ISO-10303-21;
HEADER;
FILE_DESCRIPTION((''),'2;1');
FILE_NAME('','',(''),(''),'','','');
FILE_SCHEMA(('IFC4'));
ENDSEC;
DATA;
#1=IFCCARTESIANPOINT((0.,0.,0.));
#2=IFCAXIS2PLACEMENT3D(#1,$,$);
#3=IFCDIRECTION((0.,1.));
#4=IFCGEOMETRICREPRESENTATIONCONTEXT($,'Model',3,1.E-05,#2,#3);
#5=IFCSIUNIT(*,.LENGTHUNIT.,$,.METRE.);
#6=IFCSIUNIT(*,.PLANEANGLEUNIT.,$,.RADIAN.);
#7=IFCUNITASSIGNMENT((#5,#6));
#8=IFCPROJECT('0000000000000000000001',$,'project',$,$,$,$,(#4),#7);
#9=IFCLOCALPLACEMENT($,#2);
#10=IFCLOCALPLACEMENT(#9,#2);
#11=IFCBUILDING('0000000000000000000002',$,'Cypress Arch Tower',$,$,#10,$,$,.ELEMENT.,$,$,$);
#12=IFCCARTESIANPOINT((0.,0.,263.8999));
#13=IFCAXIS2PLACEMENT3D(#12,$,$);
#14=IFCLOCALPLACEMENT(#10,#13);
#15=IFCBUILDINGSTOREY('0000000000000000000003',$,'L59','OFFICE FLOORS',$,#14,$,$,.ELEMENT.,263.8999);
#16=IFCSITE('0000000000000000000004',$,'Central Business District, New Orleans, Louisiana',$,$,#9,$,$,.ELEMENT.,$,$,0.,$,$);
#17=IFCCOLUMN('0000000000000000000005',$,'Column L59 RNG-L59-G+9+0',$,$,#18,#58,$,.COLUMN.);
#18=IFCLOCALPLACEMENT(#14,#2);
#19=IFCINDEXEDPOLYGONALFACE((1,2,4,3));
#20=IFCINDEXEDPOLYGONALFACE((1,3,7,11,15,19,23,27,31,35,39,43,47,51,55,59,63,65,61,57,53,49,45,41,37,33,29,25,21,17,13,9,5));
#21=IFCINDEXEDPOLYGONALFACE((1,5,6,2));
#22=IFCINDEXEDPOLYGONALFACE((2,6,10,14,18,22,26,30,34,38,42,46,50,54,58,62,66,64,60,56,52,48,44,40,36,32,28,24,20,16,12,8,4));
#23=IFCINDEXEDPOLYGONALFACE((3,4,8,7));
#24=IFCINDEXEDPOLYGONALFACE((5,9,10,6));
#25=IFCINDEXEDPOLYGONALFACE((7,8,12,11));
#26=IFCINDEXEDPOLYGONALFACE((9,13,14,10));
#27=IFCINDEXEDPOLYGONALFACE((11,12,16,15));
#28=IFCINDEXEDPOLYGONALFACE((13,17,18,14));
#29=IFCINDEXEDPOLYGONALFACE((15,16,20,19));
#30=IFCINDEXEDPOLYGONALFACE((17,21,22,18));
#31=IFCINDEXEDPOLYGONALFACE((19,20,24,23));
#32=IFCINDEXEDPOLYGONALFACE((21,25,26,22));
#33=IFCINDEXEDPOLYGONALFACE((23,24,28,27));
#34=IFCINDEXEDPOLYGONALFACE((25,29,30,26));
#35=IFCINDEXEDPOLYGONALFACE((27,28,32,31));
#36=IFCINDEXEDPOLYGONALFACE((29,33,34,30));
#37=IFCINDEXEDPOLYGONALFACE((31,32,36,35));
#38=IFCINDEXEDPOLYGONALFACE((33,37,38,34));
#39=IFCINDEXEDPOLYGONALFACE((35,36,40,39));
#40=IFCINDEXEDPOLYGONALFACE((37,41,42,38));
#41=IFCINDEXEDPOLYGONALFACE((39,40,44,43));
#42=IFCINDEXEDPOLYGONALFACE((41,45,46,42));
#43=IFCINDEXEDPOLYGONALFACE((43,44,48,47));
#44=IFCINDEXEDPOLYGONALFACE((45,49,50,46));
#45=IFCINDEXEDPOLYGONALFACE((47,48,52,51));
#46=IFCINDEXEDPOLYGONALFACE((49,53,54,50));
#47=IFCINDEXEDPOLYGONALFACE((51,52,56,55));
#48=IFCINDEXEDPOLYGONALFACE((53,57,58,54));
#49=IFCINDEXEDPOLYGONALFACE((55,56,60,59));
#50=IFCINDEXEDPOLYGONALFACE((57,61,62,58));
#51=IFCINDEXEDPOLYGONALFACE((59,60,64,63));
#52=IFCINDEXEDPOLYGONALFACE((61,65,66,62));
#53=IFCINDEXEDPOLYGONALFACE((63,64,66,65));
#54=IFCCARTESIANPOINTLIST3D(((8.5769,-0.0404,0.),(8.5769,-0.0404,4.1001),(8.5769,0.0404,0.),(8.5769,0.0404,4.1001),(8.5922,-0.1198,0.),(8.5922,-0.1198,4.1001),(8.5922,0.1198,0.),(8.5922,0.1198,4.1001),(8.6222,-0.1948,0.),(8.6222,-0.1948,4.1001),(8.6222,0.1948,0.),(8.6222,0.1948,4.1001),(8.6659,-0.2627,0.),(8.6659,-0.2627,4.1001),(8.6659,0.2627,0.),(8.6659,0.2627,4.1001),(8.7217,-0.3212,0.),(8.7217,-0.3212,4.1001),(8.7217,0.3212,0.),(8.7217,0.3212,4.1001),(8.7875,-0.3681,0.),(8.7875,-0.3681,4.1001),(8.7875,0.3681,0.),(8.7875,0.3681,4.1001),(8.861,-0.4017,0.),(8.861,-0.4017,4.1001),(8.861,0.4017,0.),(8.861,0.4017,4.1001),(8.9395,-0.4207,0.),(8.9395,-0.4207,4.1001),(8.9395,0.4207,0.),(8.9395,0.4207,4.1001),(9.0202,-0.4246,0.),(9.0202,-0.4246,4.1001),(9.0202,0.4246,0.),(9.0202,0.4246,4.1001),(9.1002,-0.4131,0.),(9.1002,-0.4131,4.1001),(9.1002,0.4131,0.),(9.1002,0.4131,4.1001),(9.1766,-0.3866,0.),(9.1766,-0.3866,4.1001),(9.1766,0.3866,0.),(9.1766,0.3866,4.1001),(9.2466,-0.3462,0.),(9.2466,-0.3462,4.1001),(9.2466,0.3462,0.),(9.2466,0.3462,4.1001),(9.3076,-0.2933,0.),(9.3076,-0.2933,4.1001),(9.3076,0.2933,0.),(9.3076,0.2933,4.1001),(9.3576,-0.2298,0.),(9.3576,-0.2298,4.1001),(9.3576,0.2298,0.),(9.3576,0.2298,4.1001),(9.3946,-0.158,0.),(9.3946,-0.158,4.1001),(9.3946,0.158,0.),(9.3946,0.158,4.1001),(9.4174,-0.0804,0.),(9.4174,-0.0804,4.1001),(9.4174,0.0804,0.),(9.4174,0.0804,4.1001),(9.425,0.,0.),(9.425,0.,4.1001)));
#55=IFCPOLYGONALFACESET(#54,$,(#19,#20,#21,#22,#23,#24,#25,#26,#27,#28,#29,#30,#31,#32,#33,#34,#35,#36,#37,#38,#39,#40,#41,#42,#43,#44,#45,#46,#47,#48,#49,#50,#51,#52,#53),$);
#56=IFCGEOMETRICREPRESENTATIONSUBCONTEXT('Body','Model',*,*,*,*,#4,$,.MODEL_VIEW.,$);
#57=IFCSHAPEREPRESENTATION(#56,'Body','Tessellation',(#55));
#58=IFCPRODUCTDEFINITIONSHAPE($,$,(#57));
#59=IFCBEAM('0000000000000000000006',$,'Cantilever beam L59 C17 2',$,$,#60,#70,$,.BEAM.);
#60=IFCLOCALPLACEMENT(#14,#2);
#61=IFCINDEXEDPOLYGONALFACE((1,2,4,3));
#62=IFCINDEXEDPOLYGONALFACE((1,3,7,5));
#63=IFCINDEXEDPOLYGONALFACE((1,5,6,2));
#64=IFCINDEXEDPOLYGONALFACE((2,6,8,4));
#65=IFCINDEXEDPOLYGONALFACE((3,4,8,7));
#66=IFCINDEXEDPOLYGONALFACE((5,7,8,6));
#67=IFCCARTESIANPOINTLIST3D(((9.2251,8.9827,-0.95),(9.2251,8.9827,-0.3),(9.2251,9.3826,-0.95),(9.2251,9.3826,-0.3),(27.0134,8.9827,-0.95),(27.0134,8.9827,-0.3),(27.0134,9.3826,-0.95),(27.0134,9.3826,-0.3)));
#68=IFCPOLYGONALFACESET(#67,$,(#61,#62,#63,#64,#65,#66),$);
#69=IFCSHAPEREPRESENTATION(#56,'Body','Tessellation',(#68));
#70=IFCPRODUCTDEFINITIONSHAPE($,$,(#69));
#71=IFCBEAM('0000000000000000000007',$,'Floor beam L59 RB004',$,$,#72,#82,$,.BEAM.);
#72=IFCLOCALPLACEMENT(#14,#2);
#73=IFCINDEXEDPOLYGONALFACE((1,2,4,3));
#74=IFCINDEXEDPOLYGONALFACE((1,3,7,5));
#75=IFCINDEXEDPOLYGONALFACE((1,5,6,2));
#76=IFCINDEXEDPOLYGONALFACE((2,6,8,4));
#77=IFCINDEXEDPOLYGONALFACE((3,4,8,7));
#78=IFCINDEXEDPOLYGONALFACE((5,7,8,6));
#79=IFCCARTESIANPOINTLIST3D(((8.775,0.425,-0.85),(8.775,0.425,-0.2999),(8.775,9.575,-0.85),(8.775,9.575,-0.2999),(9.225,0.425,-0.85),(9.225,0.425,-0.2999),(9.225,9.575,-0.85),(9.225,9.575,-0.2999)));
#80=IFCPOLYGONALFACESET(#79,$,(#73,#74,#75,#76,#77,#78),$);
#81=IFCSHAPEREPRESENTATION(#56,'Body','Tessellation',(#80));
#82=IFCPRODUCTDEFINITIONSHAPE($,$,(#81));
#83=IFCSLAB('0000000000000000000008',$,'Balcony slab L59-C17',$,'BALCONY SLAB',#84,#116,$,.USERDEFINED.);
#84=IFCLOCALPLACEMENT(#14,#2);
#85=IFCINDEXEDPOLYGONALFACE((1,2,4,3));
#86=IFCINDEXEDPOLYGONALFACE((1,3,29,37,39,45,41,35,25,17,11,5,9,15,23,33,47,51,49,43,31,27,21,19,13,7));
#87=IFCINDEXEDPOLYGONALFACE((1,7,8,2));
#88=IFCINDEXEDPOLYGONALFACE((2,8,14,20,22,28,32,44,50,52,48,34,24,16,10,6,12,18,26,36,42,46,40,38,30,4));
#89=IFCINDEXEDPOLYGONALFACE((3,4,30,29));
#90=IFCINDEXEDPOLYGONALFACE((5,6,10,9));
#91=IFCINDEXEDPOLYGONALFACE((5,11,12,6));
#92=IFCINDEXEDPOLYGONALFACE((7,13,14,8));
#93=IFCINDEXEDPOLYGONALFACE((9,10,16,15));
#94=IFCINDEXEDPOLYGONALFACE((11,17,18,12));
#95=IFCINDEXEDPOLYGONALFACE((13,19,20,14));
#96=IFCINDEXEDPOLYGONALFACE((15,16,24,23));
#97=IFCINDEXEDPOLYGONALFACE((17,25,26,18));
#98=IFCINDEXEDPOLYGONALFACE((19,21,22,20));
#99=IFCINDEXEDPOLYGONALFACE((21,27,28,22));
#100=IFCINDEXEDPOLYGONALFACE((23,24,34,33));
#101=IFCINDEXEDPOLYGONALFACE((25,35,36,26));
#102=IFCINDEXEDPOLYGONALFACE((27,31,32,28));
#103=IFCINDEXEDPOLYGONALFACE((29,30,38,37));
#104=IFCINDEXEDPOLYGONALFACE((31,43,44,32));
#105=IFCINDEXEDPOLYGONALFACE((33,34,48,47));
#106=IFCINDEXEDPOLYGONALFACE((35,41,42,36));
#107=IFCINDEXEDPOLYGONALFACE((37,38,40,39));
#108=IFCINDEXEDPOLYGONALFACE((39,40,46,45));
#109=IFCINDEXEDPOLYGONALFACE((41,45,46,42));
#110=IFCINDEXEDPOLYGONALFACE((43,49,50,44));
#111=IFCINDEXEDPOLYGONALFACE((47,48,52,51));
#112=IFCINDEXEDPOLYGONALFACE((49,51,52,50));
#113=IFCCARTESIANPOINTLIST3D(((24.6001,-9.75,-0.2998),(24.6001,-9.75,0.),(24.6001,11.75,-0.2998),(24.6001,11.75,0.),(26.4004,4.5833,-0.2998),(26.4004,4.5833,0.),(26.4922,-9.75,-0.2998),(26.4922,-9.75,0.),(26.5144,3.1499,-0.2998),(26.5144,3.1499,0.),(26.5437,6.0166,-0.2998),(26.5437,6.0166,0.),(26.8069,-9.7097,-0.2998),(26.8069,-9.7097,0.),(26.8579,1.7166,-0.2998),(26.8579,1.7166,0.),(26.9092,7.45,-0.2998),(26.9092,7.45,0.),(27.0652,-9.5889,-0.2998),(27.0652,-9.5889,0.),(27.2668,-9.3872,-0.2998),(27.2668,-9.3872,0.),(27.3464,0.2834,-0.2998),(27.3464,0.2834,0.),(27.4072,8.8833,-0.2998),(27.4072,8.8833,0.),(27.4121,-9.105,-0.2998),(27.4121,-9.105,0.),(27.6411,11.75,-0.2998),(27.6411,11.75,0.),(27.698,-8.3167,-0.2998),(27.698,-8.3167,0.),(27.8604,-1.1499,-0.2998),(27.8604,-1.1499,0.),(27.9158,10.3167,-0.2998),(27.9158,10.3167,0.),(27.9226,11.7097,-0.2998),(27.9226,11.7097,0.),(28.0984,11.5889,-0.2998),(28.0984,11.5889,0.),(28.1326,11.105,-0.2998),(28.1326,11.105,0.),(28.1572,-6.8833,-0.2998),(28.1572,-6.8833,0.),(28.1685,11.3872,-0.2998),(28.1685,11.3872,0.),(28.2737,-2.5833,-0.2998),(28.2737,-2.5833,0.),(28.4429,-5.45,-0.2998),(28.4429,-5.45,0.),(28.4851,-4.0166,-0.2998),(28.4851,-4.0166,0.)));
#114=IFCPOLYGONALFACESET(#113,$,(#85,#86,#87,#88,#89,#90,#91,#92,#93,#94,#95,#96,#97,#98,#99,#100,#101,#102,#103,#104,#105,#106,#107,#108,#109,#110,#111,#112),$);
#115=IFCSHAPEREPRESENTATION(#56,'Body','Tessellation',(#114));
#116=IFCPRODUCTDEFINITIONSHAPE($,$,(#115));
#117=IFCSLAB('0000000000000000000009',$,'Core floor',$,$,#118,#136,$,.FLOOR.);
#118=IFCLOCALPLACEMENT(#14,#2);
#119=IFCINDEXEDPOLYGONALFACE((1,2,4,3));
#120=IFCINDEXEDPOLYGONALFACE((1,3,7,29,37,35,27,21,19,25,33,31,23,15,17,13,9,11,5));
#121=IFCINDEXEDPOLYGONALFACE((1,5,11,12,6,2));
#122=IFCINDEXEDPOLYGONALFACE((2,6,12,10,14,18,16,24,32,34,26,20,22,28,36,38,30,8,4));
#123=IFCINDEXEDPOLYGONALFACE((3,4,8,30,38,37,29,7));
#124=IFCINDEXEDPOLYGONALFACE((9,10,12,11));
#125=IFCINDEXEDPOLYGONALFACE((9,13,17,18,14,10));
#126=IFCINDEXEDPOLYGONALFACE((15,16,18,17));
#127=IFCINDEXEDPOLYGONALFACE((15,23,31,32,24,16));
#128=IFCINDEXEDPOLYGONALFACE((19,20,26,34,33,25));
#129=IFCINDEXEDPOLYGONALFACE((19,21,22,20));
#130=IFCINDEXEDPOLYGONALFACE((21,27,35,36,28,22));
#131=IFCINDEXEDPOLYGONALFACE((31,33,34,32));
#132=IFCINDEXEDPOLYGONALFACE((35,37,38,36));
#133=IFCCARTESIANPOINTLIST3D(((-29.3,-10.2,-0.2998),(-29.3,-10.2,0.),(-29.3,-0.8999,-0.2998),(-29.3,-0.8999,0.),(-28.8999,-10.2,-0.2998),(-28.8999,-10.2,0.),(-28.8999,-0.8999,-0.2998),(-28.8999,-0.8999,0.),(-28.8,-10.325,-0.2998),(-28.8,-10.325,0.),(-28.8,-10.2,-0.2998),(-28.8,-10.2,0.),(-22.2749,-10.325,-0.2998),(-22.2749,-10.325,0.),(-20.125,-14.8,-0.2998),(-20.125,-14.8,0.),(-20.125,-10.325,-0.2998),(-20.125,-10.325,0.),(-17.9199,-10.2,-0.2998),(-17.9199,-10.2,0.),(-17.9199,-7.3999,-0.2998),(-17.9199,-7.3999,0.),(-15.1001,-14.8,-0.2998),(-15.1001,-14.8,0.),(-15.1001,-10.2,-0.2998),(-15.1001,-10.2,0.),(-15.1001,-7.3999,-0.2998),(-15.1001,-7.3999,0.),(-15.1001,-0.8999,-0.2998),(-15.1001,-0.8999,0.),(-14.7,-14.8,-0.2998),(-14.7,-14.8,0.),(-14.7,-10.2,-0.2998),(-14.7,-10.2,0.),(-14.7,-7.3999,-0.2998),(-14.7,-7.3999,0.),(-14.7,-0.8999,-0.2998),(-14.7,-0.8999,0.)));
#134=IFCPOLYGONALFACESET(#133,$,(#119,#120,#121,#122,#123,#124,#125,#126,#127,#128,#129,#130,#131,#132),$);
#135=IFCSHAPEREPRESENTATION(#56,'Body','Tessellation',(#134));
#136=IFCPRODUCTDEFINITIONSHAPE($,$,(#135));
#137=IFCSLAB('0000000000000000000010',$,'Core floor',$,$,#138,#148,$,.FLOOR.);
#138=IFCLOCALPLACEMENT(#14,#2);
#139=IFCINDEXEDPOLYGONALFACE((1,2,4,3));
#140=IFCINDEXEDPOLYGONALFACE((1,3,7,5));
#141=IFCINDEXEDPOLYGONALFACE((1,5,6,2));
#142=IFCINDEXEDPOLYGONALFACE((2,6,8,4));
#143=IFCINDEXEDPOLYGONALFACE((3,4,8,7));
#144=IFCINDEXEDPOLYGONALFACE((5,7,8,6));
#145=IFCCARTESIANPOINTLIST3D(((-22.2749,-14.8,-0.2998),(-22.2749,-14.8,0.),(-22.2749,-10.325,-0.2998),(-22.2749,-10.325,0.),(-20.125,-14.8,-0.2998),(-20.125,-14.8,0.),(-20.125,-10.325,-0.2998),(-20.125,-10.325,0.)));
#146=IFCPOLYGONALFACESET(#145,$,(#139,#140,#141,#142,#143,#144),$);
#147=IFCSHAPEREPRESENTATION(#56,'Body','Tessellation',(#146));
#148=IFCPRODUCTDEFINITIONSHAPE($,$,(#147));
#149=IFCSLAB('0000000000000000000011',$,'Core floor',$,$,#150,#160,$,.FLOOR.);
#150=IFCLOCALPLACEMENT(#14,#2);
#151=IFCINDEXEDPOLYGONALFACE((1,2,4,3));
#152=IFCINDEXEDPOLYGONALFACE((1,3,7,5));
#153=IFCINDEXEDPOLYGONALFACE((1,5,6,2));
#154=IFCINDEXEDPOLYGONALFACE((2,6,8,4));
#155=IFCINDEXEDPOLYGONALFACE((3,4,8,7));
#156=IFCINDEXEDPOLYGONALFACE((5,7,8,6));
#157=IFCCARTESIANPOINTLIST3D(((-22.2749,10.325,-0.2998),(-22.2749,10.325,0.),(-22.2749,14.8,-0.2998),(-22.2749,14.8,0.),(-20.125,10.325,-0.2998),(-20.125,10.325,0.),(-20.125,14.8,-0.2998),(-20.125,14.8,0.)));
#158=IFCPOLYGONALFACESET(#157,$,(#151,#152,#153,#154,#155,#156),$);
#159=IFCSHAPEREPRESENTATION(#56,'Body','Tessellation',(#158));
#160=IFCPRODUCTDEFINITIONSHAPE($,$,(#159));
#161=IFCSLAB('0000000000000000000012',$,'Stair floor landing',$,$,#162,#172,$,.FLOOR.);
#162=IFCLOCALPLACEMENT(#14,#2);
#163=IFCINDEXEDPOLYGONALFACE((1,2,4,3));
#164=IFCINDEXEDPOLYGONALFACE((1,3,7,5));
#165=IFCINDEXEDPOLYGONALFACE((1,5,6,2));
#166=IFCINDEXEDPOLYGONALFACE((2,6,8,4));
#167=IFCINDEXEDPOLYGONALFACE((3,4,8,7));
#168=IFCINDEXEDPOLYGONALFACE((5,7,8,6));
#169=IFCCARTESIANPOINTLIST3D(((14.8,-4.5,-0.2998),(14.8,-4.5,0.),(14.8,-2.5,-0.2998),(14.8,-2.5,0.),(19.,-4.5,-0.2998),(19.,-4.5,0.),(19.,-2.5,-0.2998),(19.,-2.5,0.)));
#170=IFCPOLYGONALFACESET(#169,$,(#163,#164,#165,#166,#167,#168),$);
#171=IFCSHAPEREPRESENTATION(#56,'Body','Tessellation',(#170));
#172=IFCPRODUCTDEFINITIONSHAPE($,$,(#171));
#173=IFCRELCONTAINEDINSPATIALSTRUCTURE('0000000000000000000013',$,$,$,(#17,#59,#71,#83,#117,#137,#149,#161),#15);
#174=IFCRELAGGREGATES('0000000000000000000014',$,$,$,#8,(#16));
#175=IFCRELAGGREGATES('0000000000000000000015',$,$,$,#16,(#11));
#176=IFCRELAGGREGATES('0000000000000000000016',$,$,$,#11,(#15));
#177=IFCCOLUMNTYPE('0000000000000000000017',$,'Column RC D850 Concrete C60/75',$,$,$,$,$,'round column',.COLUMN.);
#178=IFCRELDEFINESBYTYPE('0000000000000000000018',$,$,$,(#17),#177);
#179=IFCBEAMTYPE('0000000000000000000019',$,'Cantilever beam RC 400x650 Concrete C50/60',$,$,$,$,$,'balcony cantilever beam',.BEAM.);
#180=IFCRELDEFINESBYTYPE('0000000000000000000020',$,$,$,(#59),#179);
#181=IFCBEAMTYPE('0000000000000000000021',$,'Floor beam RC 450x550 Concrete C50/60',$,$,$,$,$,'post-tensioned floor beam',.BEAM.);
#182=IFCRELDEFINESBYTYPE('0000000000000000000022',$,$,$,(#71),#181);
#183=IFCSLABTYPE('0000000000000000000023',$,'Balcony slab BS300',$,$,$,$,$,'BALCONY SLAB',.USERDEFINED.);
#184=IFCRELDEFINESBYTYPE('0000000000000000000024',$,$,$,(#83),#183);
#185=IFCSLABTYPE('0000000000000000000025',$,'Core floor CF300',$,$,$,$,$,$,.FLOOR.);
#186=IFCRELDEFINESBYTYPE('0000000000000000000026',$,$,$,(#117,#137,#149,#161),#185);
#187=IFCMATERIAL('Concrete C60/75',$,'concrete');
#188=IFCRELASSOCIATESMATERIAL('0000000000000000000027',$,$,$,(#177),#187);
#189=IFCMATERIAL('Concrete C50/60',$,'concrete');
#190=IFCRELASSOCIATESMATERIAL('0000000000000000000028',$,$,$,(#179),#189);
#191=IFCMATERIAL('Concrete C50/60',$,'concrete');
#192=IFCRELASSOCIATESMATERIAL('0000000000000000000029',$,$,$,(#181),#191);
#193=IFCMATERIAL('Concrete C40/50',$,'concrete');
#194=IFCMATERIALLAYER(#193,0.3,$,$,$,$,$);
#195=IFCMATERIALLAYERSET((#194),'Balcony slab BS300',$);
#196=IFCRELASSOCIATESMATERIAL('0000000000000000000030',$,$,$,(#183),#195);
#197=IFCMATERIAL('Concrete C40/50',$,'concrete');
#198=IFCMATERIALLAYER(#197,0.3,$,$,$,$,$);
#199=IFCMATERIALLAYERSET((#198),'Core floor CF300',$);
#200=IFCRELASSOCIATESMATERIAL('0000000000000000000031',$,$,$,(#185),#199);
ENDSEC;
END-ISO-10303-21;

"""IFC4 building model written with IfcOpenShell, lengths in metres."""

from ifc_helpers import new_model, si_unit, direction, frame, origin, origin_2d, place, context, subcontext, project, spatial, polyline, rectangle, circle, outline, extrude, material, layer, layer_set, material_profile, profile_set, type_object, element, save


model = new_model("IFC4")

# Units and contexts
model_context = context("Model", 3, precision=1e-05, world=origin(), true_north=direction((0.0, 1.0)))
body_context = subcontext(model_context, "Body", "Model", "MODEL_VIEW")
ifc_project = project(units=[si_unit("LENGTHUNIT", "METRE"), si_unit("PLANEANGLEUNIT", "RADIAN")], contexts=[model_context])

# Site, building, storey
site_placement = place(None, origin())
site = spatial("IfcSite", under=ifc_project, at=site_placement, Name="Central Business District, New Orleans, Louisiana", CompositionType="ELEMENT", RefElevation=0.0)
building_placement = place(site_placement, origin())
building = spatial("IfcBuilding", under=site, at=building_placement, Name="Cypress Arch Tower", CompositionType="ELEMENT")
storey_placement = place(building_placement, frame((0.0, 0.0, 263.8999)))
storey = spatial("IfcBuildingStorey", under=building, at=storey_placement, Name="L59", Description="OFFICE FLOORS", CompositionType="ELEMENT", Elevation=263.8999)

# Column
ifc_material_1 = material(Name="Concrete C60/75", Category="concrete")
ifc_material_profile_1 = material_profile(ifc_material_1, circle(Radius=0.425, at=origin_2d()), Name="RC D850")
ifc_profile_set_1 = profile_set([ifc_material_profile_1], Name="Concrete C60/75")
column_type = type_object("IfcColumnType", Name="Column RC D850 Concrete C60/75", ElementType="round column", PredefinedType="COLUMN", material=ifc_profile_set_1)
column_placement = place(storey_placement, frame((9.0, 0.0, 0.0), z_axis=(0.0, 0.0, 1.0), x_axis=(1.0, 0.0, 0.0)))
element("IfcColumn", 1, at=column_placement, inside=storey, type_object=column_type, Name="Column L59 RNG-L59-G+9+0", PredefinedType="COLUMN", context=body_context, shape_type="SweptSolid", body=[
    extrude(circle(Radius=0.425, at=origin_2d()), origin(), (0.0, 0.0, 1.0), 4.1001),
])

# Beams
ifc_material_2 = material(Name="Concrete C50/60", Category="concrete")
ifc_material_profile_2 = material_profile(ifc_material_2, rectangle(XDim=0.3999, YDim=0.6499, at=origin_2d()), Name="RC 400x650")
ifc_profile_set_2 = profile_set([ifc_material_profile_2], Name="Concrete C50/60")
beam_type_1 = type_object("IfcBeamType", Name="Cantilever beam RC 400x650 Concrete C50/60", ElementType="balcony cantilever beam", PredefinedType="BEAM", material=ifc_profile_set_2)
beam_1_placement = place(storey_placement, frame((9.2251, 9.1826, -0.625), z_axis=(1.0, 0.0, 0.0), x_axis=(0.0, 1.0, 0.0)))
element("IfcBeam", 2, at=beam_1_placement, inside=storey, type_object=beam_type_1, Name="Cantilever beam L59 C17 2", PredefinedType="BEAM", context=body_context, shape_type="SweptSolid", body=[
    extrude(rectangle(XDim=0.3999, YDim=0.6499, at=origin_2d()), origin(), (0.0, 0.0, 1.0), 17.7883),
])
ifc_material_3 = material(Name="Concrete C50/60", Category="concrete")
ifc_material_profile_3 = material_profile(ifc_material_3, rectangle(XDim=0.45, YDim=0.55, at=origin_2d()), Name="RC 450x550")
ifc_profile_set_3 = profile_set([ifc_material_profile_3], Name="Concrete C50/60")
beam_type_2 = type_object("IfcBeamType", Name="Floor beam RC 450x550 Concrete C50/60", ElementType="post-tensioned floor beam", PredefinedType="BEAM", material=ifc_profile_set_3)
beam_2_placement = place(storey_placement, frame((9.0, 0.425, -0.575), z_axis=(0.0, 1.0, 0.0), x_axis=(-1.0, 0.0, 0.0)))
element("IfcBeam", 3, at=beam_2_placement, inside=storey, type_object=beam_type_2, Name="Floor beam L59 RB004", PredefinedType="BEAM", context=body_context, shape_type="SweptSolid", body=[
    extrude(rectangle(XDim=0.45, YDim=0.55, at=origin_2d()), origin(), (0.0, 0.0, 1.0), 9.1499),
])

# Slabs
ifc_material_4 = material(Name="Concrete C40/50", Category="concrete")
ifc_layer_1 = layer(ifc_material_4, 0.3)
ifc_layer_set_1 = layer_set([ifc_layer_1], Name="Balcony slab BS300")
slab_type_1 = type_object("IfcSlabType", Name="Balcony slab BS300", ElementType="BALCONY SLAB", PredefinedType="USERDEFINED", material=ifc_layer_set_1)
slab_1_placement = place(storey_placement, frame((0.0, 0.0, -0.2998)))
element("IfcSlab", 4, at=slab_1_placement, inside=storey, type_object=slab_type_1, Name="Balcony slab L59-C17", ObjectType="BALCONY SLAB", PredefinedType="USERDEFINED", context=body_context, shape_type="SweptSolid", body=[
    extrude(outline(polyline([(24.6001, -9.75), (26.4922, -9.75), (26.8069, -9.7097), (27.0652, -9.5889), (27.2668, -9.3872), (27.4121, -9.105), (27.698, -8.3167), (28.1572, -6.8833), (28.4429, -5.45), (28.4851, -4.0166), (28.2737, -2.5833), (27.8604, -1.1499), (27.3464, 0.2834), (26.8579, 1.7166), (26.5144, 3.1499), (26.4004, 4.5833), (26.5437, 6.0166), (26.9092, 7.45), (27.4072, 8.8833), (27.9158, 10.3167), (28.1326, 11.105), (28.1685, 11.3872), (28.0984, 11.5889), (27.9226, 11.7097), (27.6411, 11.75), (24.6001, 11.75), (24.6001, -9.75)])), origin(), (0.0, 0.0, 1.0), 0.2998),
])
ifc_material_5 = material(Name="Concrete C40/50", Category="concrete")
ifc_layer_2 = layer(ifc_material_5, 0.3)
ifc_layer_set_2 = layer_set([ifc_layer_2], Name="Core floor CF300")
slab_type_2 = type_object("IfcSlabType", Name="Core floor CF300", PredefinedType="FLOOR", material=ifc_layer_set_2)
slab_2_placement = place(storey_placement, frame((0.0, 0.0, -0.2998)))
element("IfcSlab", 5, at=slab_2_placement, inside=storey, type_object=slab_type_2, Name="Core floor", PredefinedType="FLOOR", context=body_context, shape_type="SweptSolid", body=[
    extrude(outline(polyline([(-28.8999, -10.2), (-29.3, -10.2), (-29.3, -0.8999), (-28.8999, -0.8999), (-15.1001, -0.8999), (-14.7, -0.8999), (-14.7, -7.3999), (-15.1001, -7.3999), (-17.9199, -7.3999), (-17.9199, -10.2), (-15.1001, -10.2), (-14.7, -10.2), (-14.7, -14.8), (-15.1001, -14.8), (-20.125, -14.8), (-20.125, -10.325), (-22.2749, -10.325), (-28.8, -10.325), (-28.8, -10.2), (-28.8999, -10.2)])), origin(), (0.0, 0.0, 1.0), 0.2998),
])
slab_3_placement = place(storey_placement, frame((0.0, 0.0, -0.2998)))
element("IfcSlab", 6, at=slab_3_placement, inside=storey, type_object=slab_type_2, Name="Core floor", PredefinedType="FLOOR", context=body_context, shape_type="SweptSolid", body=[
    extrude(outline(polyline([(-22.2749, -10.325), (-22.2749, -14.8), (-20.125, -14.8), (-20.125, -10.325), (-22.2749, -10.325)])), origin(), (0.0, 0.0, 1.0), 0.2998),
])
slab_4_placement = place(storey_placement, frame((0.0, 0.0, -0.2998)))
element("IfcSlab", 7, at=slab_4_placement, inside=storey, type_object=slab_type_2, Name="Core floor", PredefinedType="FLOOR", context=body_context, shape_type="SweptSolid", body=[
    extrude(outline(polyline([(-20.125, 14.8), (-22.2749, 14.8), (-22.2749, 10.325), (-20.125, 10.325), (-20.125, 14.8)])), origin(), (0.0, 0.0, 1.0), 0.2998),
])
slab_5_placement = place(storey_placement, frame((0.0, 0.0, -0.2998)))
element("IfcSlab", 8, at=slab_5_placement, inside=storey, type_object=slab_type_2, Name="Stair floor landing", PredefinedType="FLOOR", context=body_context, shape_type="SweptSolid", body=[
    extrude(outline(polyline([(19.0, -4.5), (19.0, -2.5), (14.8, -2.5), (14.8, -4.5), (19.0, -4.5)])), origin(), (0.0, 0.0, 1.0), 0.2998),
])

save(model, "model.ifc")
